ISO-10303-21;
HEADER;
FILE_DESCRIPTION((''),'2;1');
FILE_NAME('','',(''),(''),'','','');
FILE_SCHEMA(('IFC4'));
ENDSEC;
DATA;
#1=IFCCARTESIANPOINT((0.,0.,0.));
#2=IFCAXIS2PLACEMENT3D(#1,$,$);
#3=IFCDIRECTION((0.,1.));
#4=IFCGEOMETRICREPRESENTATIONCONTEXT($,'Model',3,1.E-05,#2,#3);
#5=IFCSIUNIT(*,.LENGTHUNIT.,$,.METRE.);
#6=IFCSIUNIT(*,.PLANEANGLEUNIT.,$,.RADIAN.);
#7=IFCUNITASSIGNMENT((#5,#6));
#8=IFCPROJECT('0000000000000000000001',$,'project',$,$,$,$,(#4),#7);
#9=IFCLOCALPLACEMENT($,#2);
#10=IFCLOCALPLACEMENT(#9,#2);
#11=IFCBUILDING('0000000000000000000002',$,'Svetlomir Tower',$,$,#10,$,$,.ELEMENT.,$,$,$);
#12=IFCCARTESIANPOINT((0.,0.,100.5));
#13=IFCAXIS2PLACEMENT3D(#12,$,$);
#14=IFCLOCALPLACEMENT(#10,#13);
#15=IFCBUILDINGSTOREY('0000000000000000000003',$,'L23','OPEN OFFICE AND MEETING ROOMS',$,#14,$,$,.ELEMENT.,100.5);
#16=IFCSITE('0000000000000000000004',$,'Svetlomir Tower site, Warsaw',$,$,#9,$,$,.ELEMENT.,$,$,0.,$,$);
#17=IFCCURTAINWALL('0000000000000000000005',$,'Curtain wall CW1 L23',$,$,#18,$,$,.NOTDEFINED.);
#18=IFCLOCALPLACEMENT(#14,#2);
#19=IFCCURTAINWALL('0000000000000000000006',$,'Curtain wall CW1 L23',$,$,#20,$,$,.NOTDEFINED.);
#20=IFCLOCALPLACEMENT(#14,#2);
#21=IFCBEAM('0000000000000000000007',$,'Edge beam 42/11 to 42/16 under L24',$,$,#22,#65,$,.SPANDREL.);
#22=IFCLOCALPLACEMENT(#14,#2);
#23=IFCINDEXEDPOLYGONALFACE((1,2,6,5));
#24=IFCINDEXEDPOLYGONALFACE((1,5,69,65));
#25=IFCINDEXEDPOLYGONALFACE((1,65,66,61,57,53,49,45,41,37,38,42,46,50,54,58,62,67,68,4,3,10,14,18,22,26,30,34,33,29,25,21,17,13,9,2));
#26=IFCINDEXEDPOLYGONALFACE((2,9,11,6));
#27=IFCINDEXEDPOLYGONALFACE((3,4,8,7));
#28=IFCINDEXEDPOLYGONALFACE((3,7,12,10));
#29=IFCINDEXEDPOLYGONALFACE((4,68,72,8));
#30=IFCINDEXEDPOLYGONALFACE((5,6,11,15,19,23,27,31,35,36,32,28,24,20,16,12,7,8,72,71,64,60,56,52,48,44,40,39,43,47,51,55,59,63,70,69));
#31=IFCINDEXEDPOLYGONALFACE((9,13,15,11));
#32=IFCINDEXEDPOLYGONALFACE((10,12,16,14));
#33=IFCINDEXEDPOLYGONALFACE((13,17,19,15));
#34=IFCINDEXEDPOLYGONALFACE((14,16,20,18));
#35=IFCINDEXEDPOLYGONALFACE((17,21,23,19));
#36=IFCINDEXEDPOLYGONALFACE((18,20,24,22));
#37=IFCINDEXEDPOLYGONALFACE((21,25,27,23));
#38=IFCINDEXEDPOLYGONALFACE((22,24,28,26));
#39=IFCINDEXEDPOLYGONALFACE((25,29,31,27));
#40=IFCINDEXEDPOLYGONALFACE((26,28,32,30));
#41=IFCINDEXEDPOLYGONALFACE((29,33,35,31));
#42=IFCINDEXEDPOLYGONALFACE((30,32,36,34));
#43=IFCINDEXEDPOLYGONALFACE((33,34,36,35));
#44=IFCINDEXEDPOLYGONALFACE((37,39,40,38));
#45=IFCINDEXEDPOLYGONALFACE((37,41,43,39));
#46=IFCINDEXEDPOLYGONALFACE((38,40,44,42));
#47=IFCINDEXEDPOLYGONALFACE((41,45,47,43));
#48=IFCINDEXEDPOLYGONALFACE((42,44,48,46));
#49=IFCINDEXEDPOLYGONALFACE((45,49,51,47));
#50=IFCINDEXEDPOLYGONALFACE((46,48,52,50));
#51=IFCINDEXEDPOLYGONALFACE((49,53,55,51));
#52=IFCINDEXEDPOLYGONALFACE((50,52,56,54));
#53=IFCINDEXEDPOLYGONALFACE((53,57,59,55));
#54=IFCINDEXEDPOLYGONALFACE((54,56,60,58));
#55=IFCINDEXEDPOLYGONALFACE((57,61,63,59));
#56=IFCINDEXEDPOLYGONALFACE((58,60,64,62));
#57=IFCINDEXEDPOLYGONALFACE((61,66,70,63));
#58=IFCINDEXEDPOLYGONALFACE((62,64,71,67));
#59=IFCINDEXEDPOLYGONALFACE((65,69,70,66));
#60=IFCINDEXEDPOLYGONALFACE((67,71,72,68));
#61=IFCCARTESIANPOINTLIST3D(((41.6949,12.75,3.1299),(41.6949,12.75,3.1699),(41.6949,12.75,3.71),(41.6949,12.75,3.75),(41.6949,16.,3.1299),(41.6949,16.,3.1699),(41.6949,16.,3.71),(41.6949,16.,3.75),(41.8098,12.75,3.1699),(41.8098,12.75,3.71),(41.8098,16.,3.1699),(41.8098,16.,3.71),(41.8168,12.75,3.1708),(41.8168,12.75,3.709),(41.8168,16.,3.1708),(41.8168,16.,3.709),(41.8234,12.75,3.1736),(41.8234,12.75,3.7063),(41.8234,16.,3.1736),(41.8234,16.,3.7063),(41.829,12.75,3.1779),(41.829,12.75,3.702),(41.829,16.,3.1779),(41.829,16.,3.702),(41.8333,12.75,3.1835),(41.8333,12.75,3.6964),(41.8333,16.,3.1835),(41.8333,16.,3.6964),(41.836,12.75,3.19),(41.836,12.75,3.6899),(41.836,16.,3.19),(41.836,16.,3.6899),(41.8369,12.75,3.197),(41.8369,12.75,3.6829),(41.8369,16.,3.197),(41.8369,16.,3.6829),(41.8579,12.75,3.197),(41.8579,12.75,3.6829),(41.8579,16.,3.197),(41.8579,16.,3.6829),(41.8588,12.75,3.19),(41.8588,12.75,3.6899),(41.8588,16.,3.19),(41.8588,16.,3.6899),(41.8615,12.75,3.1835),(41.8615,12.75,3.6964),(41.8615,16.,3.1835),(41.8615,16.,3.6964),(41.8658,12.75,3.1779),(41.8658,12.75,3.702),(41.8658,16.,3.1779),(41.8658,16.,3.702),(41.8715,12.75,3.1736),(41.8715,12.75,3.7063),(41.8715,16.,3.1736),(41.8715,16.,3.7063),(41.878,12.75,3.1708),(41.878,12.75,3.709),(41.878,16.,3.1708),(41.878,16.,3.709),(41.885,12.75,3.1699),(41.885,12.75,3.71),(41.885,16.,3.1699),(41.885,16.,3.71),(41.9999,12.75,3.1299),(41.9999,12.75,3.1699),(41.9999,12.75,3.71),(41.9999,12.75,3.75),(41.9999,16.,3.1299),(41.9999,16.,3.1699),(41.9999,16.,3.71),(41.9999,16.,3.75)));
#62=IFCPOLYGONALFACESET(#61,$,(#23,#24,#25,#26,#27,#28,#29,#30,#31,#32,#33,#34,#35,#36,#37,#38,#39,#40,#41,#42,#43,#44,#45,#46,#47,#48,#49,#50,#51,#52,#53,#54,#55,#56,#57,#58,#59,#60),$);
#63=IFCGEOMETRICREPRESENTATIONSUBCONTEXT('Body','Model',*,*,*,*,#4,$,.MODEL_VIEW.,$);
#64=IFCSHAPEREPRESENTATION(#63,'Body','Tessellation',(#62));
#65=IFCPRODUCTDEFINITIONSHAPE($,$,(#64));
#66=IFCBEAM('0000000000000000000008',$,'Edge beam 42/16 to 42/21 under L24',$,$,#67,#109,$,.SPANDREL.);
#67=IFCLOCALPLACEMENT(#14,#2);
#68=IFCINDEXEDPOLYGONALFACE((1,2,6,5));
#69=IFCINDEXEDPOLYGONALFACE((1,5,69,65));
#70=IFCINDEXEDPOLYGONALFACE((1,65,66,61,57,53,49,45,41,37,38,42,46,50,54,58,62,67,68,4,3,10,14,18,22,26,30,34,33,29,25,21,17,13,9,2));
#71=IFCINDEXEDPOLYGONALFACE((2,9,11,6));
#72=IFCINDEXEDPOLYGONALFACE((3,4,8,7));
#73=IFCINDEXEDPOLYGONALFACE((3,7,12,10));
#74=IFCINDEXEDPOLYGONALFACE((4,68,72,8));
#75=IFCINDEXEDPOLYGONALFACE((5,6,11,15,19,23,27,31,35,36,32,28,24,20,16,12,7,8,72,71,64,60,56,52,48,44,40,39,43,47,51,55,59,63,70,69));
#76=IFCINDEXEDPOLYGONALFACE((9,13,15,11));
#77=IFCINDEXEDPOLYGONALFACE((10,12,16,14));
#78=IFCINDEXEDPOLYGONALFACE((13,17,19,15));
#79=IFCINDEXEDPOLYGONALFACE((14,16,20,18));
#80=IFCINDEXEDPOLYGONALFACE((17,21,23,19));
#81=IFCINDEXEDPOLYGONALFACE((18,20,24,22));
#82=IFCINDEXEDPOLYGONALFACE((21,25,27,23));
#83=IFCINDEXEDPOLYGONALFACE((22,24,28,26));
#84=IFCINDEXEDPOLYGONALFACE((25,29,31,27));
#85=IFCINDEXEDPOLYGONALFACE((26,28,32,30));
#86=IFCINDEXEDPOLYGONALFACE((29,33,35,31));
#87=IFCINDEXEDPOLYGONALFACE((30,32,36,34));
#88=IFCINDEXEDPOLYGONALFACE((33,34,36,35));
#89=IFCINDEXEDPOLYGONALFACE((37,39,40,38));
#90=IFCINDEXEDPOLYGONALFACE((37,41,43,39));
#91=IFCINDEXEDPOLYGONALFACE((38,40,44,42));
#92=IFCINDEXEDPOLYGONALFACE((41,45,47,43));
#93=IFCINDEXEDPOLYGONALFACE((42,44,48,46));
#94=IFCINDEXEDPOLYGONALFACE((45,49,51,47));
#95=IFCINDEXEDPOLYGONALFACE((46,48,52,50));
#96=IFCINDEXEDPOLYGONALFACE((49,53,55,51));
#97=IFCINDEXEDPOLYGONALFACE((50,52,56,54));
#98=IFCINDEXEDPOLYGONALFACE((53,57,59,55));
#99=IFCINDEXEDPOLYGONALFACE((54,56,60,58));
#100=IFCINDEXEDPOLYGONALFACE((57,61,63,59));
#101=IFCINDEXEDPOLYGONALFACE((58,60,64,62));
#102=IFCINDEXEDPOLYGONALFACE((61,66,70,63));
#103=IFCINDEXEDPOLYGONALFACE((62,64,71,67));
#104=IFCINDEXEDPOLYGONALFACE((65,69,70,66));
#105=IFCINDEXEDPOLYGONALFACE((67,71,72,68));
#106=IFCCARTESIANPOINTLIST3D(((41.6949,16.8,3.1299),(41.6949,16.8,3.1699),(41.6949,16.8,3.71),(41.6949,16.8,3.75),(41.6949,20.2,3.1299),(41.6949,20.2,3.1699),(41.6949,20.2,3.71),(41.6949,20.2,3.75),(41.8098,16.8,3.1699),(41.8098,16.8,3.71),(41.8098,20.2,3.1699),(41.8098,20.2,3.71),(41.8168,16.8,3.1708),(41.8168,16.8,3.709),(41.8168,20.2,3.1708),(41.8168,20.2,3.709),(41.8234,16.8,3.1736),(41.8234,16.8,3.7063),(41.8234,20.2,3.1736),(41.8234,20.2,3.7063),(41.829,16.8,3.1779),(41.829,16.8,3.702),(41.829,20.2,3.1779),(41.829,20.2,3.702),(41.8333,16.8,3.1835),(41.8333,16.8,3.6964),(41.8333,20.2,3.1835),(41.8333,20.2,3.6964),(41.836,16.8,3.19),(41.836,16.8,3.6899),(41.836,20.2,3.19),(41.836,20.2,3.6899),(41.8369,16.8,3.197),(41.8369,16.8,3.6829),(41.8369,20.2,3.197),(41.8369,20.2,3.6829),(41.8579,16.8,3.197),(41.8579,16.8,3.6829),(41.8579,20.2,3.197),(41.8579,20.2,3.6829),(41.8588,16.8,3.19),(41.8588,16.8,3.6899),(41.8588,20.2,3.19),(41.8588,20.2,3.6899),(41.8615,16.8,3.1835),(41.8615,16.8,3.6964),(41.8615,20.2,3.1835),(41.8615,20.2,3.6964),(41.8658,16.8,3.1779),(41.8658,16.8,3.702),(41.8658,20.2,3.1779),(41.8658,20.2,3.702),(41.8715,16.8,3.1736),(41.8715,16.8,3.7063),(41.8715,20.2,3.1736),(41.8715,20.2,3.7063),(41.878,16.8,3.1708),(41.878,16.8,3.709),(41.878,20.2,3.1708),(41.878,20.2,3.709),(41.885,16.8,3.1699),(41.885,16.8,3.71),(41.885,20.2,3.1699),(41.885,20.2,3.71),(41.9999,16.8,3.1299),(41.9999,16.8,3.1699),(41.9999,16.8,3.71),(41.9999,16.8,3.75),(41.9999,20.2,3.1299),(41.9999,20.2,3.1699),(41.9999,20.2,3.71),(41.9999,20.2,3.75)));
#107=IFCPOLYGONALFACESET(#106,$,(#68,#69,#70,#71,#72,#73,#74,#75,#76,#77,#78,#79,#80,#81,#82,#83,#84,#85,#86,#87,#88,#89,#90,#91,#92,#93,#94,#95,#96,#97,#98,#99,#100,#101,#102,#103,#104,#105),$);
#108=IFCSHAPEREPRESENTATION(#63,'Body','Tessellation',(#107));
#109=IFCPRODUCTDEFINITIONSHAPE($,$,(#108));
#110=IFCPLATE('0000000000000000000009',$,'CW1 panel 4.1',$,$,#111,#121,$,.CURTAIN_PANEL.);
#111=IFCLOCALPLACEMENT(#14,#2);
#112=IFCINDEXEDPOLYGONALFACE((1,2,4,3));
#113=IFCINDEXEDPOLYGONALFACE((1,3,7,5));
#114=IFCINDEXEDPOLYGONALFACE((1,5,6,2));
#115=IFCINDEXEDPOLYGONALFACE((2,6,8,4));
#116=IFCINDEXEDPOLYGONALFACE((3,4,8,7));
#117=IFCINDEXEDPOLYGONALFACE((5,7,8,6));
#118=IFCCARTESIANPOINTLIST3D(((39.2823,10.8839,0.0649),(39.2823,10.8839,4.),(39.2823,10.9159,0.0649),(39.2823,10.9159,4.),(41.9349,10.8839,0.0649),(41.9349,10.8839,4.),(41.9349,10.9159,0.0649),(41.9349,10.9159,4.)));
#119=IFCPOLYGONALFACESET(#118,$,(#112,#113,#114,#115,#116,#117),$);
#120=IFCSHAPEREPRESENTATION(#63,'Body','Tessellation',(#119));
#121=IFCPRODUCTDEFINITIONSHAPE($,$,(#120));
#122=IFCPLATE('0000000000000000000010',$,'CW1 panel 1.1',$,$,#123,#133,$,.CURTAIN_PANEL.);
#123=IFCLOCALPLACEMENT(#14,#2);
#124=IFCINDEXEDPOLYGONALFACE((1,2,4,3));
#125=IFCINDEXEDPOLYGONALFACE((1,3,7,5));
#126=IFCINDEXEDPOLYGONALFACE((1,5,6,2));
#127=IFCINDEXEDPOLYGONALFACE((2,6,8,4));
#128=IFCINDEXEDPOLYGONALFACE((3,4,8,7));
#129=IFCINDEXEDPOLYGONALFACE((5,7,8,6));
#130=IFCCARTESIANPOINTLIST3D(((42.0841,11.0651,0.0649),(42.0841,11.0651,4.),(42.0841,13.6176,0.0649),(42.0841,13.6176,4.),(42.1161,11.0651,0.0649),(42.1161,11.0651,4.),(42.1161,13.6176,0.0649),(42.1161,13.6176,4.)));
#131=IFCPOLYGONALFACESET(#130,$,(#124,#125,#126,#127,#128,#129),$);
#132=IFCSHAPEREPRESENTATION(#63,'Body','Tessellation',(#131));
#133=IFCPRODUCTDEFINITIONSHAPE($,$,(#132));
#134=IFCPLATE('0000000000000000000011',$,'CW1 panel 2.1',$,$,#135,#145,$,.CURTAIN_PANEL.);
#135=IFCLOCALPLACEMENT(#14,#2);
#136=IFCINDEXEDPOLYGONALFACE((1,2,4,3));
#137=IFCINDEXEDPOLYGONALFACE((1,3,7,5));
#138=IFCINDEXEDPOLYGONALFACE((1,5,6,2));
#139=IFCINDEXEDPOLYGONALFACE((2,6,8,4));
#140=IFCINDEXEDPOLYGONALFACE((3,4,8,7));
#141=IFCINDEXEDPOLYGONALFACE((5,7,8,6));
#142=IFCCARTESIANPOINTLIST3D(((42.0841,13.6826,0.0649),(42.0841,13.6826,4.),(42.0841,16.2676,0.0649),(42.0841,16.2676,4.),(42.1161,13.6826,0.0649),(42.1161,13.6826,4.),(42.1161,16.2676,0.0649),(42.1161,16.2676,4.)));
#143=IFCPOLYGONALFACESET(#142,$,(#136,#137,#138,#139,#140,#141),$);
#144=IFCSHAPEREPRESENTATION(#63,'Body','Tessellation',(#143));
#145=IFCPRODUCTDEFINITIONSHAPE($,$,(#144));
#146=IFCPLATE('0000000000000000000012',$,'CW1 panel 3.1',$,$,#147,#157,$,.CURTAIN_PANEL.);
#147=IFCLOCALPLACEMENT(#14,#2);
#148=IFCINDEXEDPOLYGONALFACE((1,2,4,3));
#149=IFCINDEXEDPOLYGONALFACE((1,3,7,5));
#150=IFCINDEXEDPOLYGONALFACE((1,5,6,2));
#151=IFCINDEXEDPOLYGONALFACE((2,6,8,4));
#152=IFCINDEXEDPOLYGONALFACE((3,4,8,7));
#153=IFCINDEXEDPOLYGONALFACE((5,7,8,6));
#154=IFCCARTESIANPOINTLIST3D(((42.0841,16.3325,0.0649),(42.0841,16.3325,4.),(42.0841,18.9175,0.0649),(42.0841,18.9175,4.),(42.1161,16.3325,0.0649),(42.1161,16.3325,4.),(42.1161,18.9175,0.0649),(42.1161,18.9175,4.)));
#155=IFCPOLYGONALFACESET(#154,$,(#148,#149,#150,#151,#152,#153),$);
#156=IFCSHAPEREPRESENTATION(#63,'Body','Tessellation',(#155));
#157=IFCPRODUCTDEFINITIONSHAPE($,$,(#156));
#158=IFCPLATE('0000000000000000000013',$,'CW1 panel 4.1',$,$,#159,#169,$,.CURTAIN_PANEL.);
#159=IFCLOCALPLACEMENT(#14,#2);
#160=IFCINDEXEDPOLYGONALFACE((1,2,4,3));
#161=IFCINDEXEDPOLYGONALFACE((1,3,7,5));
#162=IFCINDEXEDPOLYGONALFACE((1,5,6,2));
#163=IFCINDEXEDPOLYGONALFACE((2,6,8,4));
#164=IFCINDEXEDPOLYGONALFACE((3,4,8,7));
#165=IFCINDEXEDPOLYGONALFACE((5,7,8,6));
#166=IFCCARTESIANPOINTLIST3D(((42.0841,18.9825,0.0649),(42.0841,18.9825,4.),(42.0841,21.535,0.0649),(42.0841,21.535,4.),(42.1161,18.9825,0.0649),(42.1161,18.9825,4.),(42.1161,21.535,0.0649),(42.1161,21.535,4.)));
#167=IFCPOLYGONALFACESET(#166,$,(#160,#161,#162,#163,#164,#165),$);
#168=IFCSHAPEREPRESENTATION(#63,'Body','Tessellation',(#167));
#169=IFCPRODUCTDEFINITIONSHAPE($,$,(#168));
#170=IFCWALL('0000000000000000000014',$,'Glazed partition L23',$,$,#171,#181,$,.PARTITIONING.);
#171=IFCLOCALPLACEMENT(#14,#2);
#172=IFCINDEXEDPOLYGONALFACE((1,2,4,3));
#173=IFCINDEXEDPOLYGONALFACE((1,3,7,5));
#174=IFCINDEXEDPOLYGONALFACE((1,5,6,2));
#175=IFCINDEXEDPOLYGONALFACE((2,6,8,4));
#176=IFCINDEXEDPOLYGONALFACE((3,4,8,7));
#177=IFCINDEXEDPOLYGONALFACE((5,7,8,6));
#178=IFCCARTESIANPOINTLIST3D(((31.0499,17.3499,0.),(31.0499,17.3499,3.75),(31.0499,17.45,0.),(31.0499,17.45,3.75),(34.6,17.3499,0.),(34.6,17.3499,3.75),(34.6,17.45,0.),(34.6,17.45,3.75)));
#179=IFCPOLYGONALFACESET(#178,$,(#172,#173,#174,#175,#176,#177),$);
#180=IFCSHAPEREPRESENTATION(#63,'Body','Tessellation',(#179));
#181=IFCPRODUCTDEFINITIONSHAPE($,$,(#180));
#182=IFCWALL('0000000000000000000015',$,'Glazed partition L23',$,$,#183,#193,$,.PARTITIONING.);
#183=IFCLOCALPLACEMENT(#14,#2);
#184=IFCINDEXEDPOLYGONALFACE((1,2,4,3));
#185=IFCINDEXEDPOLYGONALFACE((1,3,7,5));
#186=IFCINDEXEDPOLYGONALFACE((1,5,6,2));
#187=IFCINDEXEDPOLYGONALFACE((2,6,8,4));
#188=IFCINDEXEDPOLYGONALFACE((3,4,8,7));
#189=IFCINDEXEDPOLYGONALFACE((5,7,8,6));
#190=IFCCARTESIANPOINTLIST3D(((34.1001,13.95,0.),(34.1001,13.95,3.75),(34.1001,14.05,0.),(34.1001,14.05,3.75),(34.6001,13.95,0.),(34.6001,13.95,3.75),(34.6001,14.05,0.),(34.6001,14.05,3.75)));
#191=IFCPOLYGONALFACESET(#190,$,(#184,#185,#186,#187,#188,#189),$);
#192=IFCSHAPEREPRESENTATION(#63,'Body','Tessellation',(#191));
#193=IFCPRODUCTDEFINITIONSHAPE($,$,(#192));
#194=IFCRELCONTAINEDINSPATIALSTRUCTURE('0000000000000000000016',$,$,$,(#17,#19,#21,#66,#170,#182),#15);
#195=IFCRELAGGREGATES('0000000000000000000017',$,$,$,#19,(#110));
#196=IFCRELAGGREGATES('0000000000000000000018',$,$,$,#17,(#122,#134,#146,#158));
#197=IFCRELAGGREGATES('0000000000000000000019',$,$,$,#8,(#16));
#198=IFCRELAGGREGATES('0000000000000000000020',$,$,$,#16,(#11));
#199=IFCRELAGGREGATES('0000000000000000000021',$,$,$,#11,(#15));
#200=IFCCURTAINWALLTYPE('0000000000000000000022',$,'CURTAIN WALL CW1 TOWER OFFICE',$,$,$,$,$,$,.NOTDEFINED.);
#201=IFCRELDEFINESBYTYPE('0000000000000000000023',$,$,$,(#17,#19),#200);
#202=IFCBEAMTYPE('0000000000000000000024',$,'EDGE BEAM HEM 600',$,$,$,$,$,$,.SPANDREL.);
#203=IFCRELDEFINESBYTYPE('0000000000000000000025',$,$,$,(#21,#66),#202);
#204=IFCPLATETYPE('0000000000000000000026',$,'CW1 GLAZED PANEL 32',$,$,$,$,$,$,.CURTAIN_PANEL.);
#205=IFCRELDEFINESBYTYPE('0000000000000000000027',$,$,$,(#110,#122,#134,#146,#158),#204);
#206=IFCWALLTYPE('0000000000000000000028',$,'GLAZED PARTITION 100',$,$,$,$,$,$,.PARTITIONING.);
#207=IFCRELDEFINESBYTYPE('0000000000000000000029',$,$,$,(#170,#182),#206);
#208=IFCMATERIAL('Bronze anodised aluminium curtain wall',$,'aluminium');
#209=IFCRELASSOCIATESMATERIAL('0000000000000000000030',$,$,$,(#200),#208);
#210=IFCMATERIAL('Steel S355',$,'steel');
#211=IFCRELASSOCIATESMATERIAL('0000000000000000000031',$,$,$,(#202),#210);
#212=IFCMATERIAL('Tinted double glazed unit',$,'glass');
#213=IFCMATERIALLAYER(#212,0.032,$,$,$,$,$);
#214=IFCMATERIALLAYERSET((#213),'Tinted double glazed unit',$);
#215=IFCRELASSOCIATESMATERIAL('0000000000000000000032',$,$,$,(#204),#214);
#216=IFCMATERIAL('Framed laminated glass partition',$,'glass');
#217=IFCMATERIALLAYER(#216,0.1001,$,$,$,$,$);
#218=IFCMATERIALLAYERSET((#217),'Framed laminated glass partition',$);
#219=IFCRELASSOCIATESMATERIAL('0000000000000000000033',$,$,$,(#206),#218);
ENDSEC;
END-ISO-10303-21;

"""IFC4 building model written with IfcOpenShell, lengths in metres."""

from ifc_helpers import new_model, si_unit, direction, frame, frame_2d, origin, origin_2d, place, context, subcontext, project, spatial, rectangle, i_section, extrude, material, layer, layer_set, material_profile, profile_set, type_object, element, aggregate, save


model = new_model("IFC4")

# Units and contexts
model_context = context("Model", 3, precision=1e-05, world=origin(), true_north=direction((0.0, 1.0)))
body_context = subcontext(model_context, "Body", "Model", "MODEL_VIEW")
ifc_project = project(units=[si_unit("LENGTHUNIT", "METRE"), si_unit("PLANEANGLEUNIT", "RADIAN")], contexts=[model_context])

# Site, building, storey
site_placement = place(None, origin())
site = spatial("IfcSite", under=ifc_project, at=site_placement, Name="Svetlomir Tower site, Warsaw", CompositionType="ELEMENT", RefElevation=0.0)
building_placement = place(site_placement, origin())
building = spatial("IfcBuilding", under=site, at=building_placement, Name="Svetlomir Tower", CompositionType="ELEMENT")
storey_placement = place(building_placement, frame((0.0, 0.0, 100.5)))
storey = spatial("IfcBuildingStorey", under=building, at=storey_placement, Name="L23", Description="OPEN OFFICE AND MEETING ROOMS", CompositionType="ELEMENT", Elevation=100.5)

# Curtain wall
ifc_material_1 = material(Name="Bronze anodised aluminium curtain wall", Category="aluminium")
curtain_wall_type = type_object("IfcCurtainWallType", Name="CURTAIN WALL CW1 TOWER OFFICE", PredefinedType="NOTDEFINED", material=ifc_material_1)
curtain_wall_1_placement = place(storey_placement, origin())
curtain_wall_1 = element("IfcCurtainWall", 1, at=curtain_wall_1_placement, inside=storey, type_object=curtain_wall_type, Name="Curtain wall CW1 L23", PredefinedType="NOTDEFINED")

# Curtain wall
curtain_wall_2_placement = place(storey_placement, origin())
curtain_wall_2 = element("IfcCurtainWall", 2, at=curtain_wall_2_placement, inside=storey, type_object=curtain_wall_type, Name="Curtain wall CW1 L23", PredefinedType="NOTDEFINED")

# Beams
ifc_material_2 = material(Name="Steel S355", Category="steel")
ifc_material_profile_1 = material_profile(ifc_material_2, i_section(OverallWidth=0.3049, OverallDepth=0.6201, WebThickness=0.021, FlangeThickness=0.04, FilletRadius=0.0271, at=origin_2d()), Name="HEM 600")
ifc_profile_set_1 = profile_set([ifc_material_profile_1], Name="Steel S355")
beam_type = type_object("IfcBeamType", Name="EDGE BEAM HEM 600", PredefinedType="SPANDREL", material=ifc_profile_set_1)
beam_1_placement = place(storey_placement, frame((41.8474, 12.75, 3.4399), z_axis=(0.0, 1.0, 0.0), x_axis=(-1.0, 0.0, 0.0)))
element("IfcBeam", 3, at=beam_1_placement, inside=storey, type_object=beam_type, Name="Edge beam 42/11 to 42/16 under L24", PredefinedType="SPANDREL", context=body_context, shape_type="SweptSolid", body=[
    extrude(i_section(OverallWidth=0.3049, OverallDepth=0.6201, WebThickness=0.021, FlangeThickness=0.04, FilletRadius=0.0271, at=origin_2d()), origin(), (0.0, 0.0, 1.0), 3.25),
])
beam_2_placement = place(storey_placement, frame((41.8474, 16.8, 3.4399), z_axis=(0.0, 1.0, 0.0), x_axis=(-1.0, 0.0, 0.0)))
element("IfcBeam", 4, at=beam_2_placement, inside=storey, type_object=beam_type, Name="Edge beam 42/16 to 42/21 under L24", PredefinedType="SPANDREL", context=body_context, shape_type="SweptSolid", body=[
    extrude(i_section(OverallWidth=0.3049, OverallDepth=0.6201, WebThickness=0.021, FlangeThickness=0.04, FilletRadius=0.0271, at=origin_2d()), origin(), (0.0, 0.0, 1.0), 3.3999),
])

# Plates
ifc_material_3 = material(Name="Tinted double glazed unit", Category="glass")
ifc_layer_1 = layer(ifc_material_3, 0.032)
ifc_layer_set_1 = layer_set([ifc_layer_1], Name="Tinted double glazed unit")
plate_type = type_object("IfcPlateType", Name="CW1 GLAZED PANEL 32", PredefinedType="CURTAIN_PANEL", material=ifc_layer_set_1)
plate_1_placement = place(storey_placement, frame((40.6086, 10.8999, 0.0649), z_axis=(0.0, 0.0, 1.0), x_axis=(1.0, 0.0, 0.0)))
plate_1 = element("IfcPlate", 5, at=plate_1_placement, type_object=plate_type, Name="CW1 panel 4.1", PredefinedType="CURTAIN_PANEL", context=body_context, shape_type="SweptSolid", body=[
    extrude(rectangle(XDim=2.6526, YDim=0.032, at=origin_2d()), origin(), (0.0, 0.0, 1.0), 3.9351),
])
aggregate(curtain_wall_2, [plate_1])
plate_2_placement = place(storey_placement, frame((42.1001, 12.3413, 0.0649), z_axis=(0.0, 0.0, 1.0), x_axis=(0.0, 1.0, 0.0)))
plate_2 = element("IfcPlate", 6, at=plate_2_placement, type_object=plate_type, Name="CW1 panel 1.1", PredefinedType="CURTAIN_PANEL", context=body_context, shape_type="SweptSolid", body=[
    extrude(rectangle(XDim=2.5525, YDim=0.032, at=origin_2d()), origin(), (0.0, 0.0, 1.0), 3.9351),
])
plate_3_placement = place(storey_placement, frame((42.1001, 14.9751, 0.0649), z_axis=(0.0, 0.0, 1.0), x_axis=(0.0, 1.0, 0.0)))
plate_3 = element("IfcPlate", 7, at=plate_3_placement, type_object=plate_type, Name="CW1 panel 2.1", PredefinedType="CURTAIN_PANEL", context=body_context, shape_type="SweptSolid", body=[
    extrude(rectangle(XDim=2.585, YDim=0.032, at=origin_2d()), origin(), (0.0, 0.0, 1.0), 3.9351),
])
plate_4_placement = place(storey_placement, frame((42.1001, 17.625, 0.0649), z_axis=(0.0, 0.0, 1.0), x_axis=(0.0, 1.0, 0.0)))
plate_4 = element("IfcPlate", 8, at=plate_4_placement, type_object=plate_type, Name="CW1 panel 3.1", PredefinedType="CURTAIN_PANEL", context=body_context, shape_type="SweptSolid", body=[
    extrude(rectangle(XDim=2.585, YDim=0.032, at=origin_2d()), origin(), (0.0, 0.0, 1.0), 3.9351),
])
plate_5_placement = place(storey_placement, frame((42.1001, 20.2588, 0.0649), z_axis=(0.0, 0.0, 1.0), x_axis=(0.0, 1.0, 0.0)))
plate_5 = element("IfcPlate", 9, at=plate_5_placement, type_object=plate_type, Name="CW1 panel 4.1", PredefinedType="CURTAIN_PANEL", context=body_context, shape_type="SweptSolid", body=[
    extrude(rectangle(XDim=2.5525, YDim=0.032, at=origin_2d()), origin(), (0.0, 0.0, 1.0), 3.9351),
])
aggregate(curtain_wall_1, [plate_2, plate_3, plate_4, plate_5])

# Walls
ifc_material_4 = material(Name="Framed laminated glass partition", Category="glass")
ifc_layer_2 = layer(ifc_material_4, 0.1001)
ifc_layer_set_2 = layer_set([ifc_layer_2], Name="Framed laminated glass partition")
wall_type_1 = type_object("IfcWallType", Name="GLAZED PARTITION 100", PredefinedType="PARTITIONING", material=ifc_layer_set_2)
wall_1_placement = place(storey_placement, frame((31.05, 17.3999, 0.0), z_axis=(0.0, 0.0, 1.0), x_axis=(1.0, 0.0, 0.0)))
element("IfcWall", 10, at=wall_1_placement, inside=storey, type_object=wall_type_1, Name="Glazed partition L23", PredefinedType="PARTITIONING", context=body_context, shape_type="SweptSolid", body=[
    extrude(rectangle(XDim=3.55, YDim=0.1001, at=frame_2d((1.7749, 0.0))), origin(), (0.0, 0.0, 1.0), 3.75),
])
wall_2_placement = place(storey_placement, frame((34.1001, 14.0, 0.0), z_axis=(0.0, 0.0, 1.0), x_axis=(1.0, 0.0, 0.0)))
element("IfcWall", 11, at=wall_2_placement, inside=storey, type_object=wall_type_1, Name="Glazed partition L23", PredefinedType="PARTITIONING", context=body_context, shape_type="SweptSolid", body=[
    extrude(rectangle(XDim=0.5, YDim=0.1001, at=frame_2d((0.25, 0.0))), origin(), (0.0, 0.0, 1.0), 3.75),
])

save(model, "model.ifc")
